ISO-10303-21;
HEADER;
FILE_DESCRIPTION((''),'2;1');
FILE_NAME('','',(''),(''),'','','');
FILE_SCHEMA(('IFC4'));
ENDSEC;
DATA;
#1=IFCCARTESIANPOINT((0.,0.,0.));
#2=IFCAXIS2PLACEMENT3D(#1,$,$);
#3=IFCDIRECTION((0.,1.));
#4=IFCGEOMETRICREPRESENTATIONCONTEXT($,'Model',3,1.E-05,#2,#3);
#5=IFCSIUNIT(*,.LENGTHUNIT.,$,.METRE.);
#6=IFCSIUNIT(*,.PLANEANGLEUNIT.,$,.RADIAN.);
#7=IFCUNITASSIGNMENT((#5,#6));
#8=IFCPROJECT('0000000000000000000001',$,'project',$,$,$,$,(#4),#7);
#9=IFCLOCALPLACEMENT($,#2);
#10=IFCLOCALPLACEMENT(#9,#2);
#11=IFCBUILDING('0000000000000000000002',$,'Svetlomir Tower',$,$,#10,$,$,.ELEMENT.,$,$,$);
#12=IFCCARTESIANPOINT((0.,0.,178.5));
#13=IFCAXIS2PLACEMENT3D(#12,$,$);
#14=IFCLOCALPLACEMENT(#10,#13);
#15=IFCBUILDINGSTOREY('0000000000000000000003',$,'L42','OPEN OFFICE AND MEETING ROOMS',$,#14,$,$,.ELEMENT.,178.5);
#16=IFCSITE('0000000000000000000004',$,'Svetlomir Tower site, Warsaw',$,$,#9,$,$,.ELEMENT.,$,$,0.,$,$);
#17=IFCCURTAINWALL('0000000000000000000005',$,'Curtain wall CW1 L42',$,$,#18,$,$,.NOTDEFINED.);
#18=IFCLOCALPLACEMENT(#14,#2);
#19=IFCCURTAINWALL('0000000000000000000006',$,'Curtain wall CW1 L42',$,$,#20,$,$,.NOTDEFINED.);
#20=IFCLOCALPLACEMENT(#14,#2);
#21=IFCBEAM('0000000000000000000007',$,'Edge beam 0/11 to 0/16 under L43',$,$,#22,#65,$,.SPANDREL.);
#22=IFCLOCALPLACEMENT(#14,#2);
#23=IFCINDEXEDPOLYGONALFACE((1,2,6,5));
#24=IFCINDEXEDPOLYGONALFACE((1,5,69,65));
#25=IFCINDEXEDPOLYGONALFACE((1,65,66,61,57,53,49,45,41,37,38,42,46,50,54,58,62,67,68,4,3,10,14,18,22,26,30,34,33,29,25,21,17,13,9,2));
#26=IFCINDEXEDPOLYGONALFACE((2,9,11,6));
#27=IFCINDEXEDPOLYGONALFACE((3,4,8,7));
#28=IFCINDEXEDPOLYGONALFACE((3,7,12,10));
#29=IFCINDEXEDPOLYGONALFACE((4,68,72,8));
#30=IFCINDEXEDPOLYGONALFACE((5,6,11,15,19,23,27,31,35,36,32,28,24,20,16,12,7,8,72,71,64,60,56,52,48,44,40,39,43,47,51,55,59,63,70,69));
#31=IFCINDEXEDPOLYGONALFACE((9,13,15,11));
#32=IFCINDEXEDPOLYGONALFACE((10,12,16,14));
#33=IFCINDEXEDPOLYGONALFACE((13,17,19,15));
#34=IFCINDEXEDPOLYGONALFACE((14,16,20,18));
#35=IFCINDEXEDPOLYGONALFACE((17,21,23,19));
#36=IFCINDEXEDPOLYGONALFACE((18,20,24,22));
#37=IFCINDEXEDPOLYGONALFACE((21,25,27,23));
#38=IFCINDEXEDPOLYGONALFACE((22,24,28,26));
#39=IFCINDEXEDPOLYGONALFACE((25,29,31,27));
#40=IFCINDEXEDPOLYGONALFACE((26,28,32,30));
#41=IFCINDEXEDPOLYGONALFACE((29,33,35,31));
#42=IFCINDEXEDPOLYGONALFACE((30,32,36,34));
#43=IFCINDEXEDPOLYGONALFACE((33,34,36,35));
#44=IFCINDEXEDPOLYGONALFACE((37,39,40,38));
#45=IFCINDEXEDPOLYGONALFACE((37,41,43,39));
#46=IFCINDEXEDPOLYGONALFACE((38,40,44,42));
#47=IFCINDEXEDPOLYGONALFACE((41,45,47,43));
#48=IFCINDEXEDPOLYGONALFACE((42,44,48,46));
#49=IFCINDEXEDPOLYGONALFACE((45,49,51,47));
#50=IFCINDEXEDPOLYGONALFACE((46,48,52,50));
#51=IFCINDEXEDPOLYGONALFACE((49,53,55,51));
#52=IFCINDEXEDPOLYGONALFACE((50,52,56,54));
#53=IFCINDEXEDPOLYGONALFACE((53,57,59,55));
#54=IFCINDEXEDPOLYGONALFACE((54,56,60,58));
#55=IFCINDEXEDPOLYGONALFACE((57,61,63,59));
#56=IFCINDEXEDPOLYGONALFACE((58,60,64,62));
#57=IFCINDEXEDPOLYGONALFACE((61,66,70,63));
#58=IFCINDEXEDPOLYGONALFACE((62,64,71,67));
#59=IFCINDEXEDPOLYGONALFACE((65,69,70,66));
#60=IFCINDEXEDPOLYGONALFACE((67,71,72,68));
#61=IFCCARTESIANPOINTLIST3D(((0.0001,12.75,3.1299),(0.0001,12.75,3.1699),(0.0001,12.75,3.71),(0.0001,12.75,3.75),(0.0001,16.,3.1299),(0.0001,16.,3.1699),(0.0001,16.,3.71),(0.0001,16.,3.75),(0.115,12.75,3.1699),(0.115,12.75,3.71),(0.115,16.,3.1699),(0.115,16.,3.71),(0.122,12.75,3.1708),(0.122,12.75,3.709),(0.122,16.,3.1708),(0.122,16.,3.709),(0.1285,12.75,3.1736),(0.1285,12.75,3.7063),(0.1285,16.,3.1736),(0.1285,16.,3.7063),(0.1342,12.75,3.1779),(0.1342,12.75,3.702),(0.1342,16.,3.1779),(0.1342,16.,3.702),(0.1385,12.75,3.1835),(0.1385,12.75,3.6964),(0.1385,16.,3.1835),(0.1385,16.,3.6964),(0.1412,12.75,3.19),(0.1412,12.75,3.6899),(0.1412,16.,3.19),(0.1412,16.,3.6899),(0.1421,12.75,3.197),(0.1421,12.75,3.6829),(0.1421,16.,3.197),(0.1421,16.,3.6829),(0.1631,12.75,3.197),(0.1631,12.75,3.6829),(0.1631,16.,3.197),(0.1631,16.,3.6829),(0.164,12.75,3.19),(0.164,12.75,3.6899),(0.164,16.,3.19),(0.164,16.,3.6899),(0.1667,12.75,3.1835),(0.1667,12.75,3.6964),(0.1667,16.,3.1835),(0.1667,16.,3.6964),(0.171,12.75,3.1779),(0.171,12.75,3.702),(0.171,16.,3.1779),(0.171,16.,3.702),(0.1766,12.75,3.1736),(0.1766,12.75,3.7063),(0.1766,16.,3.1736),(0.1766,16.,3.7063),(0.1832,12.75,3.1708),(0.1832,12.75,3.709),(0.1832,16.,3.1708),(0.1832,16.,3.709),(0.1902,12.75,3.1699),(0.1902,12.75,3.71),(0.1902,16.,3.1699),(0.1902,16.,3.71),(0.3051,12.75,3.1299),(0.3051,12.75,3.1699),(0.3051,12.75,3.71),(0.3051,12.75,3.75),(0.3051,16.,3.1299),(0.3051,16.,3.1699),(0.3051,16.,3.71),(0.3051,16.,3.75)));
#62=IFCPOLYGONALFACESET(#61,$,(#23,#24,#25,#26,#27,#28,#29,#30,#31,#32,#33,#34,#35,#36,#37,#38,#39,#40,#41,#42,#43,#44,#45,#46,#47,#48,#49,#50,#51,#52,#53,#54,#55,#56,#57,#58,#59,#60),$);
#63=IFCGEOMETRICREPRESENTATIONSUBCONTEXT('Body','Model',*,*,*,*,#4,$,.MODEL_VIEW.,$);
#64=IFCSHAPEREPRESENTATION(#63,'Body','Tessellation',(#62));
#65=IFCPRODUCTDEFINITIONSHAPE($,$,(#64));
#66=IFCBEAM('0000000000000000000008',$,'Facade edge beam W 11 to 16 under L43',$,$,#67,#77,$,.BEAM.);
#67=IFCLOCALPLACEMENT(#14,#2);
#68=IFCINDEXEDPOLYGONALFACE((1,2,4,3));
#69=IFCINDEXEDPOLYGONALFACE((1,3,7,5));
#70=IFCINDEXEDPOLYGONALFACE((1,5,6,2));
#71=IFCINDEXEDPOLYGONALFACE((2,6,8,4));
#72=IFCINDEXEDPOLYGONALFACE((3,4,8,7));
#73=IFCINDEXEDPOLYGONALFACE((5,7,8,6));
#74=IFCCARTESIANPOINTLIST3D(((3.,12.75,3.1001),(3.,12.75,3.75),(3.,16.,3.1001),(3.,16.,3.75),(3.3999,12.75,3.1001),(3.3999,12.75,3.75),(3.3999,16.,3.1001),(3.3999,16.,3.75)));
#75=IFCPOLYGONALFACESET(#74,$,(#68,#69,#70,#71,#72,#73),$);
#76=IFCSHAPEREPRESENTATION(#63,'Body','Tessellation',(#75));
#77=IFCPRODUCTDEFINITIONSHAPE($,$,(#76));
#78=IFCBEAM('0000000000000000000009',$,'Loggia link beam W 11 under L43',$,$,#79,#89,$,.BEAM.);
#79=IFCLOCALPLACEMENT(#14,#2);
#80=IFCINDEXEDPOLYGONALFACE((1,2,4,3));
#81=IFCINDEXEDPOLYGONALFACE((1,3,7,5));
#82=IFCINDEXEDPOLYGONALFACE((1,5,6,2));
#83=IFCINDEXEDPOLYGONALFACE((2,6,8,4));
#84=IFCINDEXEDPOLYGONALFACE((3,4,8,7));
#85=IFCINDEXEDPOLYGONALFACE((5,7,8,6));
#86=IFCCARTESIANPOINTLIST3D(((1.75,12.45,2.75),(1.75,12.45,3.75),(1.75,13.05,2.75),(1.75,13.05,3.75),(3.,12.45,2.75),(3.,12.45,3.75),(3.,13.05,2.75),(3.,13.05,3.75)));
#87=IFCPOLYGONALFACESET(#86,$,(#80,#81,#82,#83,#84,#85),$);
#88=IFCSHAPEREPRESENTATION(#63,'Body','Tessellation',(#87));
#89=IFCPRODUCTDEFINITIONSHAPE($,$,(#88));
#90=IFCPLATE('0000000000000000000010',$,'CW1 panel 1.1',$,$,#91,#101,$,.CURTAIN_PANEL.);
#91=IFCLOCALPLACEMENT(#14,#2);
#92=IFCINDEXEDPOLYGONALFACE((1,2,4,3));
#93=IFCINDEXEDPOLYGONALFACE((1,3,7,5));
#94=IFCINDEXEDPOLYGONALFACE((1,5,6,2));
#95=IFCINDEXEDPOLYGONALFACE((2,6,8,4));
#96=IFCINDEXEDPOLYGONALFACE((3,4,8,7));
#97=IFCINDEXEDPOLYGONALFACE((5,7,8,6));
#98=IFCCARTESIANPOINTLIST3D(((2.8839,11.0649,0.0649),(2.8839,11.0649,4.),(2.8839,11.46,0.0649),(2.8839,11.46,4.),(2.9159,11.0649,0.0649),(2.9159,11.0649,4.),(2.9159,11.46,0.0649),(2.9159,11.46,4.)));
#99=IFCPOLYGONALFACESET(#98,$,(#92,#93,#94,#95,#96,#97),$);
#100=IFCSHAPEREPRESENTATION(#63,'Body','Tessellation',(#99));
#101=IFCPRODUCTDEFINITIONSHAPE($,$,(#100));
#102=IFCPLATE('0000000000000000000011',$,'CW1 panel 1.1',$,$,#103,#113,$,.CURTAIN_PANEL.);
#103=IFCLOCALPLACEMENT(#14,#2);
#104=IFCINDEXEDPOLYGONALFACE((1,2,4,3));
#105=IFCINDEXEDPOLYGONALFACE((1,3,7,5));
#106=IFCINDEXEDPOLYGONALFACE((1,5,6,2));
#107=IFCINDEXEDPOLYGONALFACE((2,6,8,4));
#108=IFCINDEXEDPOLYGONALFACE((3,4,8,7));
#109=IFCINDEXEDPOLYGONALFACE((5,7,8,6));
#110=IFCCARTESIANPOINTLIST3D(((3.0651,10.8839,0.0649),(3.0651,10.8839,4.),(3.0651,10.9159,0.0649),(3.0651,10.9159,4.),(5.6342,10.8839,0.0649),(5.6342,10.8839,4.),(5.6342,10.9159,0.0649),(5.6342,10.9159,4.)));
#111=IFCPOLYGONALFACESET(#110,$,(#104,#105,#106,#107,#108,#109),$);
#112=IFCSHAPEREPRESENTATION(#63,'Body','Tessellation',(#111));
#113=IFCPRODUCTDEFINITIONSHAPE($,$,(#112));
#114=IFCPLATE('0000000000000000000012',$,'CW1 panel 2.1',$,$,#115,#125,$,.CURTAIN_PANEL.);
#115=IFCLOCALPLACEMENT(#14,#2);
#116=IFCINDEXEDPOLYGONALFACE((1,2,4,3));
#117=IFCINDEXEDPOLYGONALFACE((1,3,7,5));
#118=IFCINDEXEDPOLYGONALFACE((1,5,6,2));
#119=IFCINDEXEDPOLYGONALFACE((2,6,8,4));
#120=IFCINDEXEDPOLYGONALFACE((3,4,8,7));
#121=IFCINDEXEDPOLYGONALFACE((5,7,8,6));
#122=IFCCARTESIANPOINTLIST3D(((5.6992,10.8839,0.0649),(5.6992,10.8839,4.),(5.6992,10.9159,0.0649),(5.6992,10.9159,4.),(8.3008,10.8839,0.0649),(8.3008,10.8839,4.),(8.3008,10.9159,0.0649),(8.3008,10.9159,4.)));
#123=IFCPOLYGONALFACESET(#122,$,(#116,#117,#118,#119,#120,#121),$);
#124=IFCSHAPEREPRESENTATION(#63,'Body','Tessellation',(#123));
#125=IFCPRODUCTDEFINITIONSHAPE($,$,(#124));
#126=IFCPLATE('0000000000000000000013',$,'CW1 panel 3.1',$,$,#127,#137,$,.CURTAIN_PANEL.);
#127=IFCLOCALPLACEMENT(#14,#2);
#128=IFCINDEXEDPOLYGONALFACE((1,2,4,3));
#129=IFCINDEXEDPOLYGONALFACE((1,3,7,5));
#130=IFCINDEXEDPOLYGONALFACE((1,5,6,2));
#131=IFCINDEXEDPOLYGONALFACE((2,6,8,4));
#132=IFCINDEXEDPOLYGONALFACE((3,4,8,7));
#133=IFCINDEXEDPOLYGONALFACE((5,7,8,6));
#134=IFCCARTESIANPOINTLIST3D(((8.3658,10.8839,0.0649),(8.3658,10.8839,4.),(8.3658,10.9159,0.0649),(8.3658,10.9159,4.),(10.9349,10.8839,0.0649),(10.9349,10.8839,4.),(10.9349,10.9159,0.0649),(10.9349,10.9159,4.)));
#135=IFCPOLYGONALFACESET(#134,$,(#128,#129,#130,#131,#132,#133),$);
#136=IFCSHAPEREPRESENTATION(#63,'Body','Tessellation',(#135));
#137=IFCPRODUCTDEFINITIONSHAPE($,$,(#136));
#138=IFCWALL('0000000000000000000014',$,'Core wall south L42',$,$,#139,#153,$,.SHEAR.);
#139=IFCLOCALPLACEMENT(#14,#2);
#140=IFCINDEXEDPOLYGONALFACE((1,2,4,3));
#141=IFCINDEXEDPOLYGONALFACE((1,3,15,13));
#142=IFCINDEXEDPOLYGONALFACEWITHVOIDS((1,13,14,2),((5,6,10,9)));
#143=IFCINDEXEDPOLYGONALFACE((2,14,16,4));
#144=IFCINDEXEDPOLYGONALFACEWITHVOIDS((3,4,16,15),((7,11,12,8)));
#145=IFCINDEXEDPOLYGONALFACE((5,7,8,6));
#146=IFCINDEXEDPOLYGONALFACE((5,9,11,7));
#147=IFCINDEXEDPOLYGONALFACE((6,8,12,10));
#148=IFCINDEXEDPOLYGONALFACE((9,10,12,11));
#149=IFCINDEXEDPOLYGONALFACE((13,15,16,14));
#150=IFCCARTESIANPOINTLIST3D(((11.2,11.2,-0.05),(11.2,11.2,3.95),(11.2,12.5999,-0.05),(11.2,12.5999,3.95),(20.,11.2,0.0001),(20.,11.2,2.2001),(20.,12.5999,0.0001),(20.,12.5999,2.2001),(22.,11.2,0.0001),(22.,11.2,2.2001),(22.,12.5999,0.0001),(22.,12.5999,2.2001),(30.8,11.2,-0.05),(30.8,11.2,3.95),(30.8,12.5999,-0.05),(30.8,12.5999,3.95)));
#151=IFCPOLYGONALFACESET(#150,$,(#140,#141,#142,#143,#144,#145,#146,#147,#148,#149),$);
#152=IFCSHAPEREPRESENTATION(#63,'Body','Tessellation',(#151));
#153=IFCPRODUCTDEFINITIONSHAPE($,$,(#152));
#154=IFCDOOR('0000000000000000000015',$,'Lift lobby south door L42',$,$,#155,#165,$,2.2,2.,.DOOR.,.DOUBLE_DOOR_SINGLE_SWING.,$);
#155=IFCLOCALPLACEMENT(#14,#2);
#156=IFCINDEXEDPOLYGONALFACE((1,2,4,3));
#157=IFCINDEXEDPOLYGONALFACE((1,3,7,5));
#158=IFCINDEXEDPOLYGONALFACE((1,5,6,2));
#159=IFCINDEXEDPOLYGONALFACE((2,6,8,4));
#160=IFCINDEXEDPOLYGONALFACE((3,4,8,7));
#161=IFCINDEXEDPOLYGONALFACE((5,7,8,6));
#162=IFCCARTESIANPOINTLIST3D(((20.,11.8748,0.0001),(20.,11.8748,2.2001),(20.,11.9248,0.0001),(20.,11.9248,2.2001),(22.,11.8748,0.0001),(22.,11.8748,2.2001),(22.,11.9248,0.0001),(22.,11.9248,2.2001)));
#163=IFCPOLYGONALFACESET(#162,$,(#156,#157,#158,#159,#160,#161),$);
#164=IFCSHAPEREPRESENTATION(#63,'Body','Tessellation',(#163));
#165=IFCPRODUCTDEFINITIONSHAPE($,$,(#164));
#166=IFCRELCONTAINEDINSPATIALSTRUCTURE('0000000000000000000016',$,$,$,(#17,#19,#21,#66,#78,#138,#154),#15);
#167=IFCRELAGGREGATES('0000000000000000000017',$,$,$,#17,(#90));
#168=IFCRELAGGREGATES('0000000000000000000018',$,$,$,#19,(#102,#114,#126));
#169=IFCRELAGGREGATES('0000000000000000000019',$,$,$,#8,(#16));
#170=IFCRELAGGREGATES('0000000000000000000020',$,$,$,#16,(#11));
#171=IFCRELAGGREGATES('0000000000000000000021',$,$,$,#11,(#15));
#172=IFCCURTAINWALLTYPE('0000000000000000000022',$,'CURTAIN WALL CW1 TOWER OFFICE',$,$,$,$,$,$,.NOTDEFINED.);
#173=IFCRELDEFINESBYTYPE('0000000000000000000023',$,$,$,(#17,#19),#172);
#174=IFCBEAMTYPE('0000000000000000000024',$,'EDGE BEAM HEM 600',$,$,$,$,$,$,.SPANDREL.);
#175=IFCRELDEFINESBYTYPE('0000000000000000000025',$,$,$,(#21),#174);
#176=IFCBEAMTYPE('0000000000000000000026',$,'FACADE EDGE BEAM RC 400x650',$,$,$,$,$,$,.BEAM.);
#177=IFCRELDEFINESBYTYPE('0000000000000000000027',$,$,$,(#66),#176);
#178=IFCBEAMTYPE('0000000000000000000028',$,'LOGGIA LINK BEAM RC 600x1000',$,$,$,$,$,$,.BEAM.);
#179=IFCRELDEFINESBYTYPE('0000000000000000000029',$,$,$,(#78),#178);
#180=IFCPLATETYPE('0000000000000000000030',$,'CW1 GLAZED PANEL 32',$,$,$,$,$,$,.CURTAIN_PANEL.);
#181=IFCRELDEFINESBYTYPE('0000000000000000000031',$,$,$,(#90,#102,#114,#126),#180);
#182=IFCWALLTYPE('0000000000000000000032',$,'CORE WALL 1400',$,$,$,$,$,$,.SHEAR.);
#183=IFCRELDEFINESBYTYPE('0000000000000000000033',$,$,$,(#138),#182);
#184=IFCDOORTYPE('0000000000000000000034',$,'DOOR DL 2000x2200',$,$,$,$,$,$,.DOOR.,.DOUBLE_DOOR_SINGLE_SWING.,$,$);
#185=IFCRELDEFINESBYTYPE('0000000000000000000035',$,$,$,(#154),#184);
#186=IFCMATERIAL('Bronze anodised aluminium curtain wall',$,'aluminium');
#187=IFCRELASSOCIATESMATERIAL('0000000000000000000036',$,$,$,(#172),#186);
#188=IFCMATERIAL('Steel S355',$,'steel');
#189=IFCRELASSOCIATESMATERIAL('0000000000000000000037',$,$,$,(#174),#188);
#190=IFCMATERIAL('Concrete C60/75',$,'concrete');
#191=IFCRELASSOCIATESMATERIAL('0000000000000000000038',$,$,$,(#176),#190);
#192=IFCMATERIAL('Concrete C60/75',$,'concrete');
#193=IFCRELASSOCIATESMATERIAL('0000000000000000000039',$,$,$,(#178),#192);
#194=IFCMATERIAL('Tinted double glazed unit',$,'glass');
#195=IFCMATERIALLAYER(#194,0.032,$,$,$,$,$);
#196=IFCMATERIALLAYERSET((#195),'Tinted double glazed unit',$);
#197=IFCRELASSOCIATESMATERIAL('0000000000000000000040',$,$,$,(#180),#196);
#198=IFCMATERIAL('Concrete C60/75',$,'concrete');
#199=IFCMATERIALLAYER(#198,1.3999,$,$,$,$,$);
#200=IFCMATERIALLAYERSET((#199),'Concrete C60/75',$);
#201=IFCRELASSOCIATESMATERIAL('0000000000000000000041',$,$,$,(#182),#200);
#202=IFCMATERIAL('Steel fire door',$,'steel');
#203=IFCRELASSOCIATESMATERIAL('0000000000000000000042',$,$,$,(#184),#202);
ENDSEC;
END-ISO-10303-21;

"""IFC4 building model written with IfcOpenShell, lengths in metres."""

from ifc_helpers import new_model, si_unit, direction, frame, frame_2d, origin, origin_2d, place, context, subcontext, project, spatial, rectangle, i_section, extrude, material, layer, layer_set, material_profile, profile_set, type_object, element, fill, aggregate, save


model = new_model("IFC4")

# Units and contexts
model_context = context("Model", 3, precision=1e-05, world=origin(), true_north=direction((0.0, 1.0)))
body_context = subcontext(model_context, "Body", "Model", "MODEL_VIEW")
ifc_project = project(units=[si_unit("LENGTHUNIT", "METRE"), si_unit("PLANEANGLEUNIT", "RADIAN")], contexts=[model_context])

# Site, building, storey
site_placement = place(None, origin())
site = spatial("IfcSite", under=ifc_project, at=site_placement, Name="Svetlomir Tower site, Warsaw", CompositionType="ELEMENT", RefElevation=0.0)
building_placement = place(site_placement, origin())
building = spatial("IfcBuilding", under=site, at=building_placement, Name="Svetlomir Tower", CompositionType="ELEMENT")
storey_placement = place(building_placement, frame((0.0, 0.0, 178.5)))
storey = spatial("IfcBuildingStorey", under=building, at=storey_placement, Name="L42", Description="OPEN OFFICE AND MEETING ROOMS", CompositionType="ELEMENT", Elevation=178.5)

# Curtain walls
ifc_material_1 = material(Name="Bronze anodised aluminium curtain wall", Category="aluminium")
curtain_wall_type = type_object("IfcCurtainWallType", Name="CURTAIN WALL CW1 TOWER OFFICE", PredefinedType="NOTDEFINED", material=ifc_material_1)
curtain_wall_1_placement = place(storey_placement, origin())
curtain_wall_1 = element("IfcCurtainWall", 1, at=curtain_wall_1_placement, inside=storey, type_object=curtain_wall_type, Name="Curtain wall CW1 L42", PredefinedType="NOTDEFINED")
curtain_wall_2_placement = place(storey_placement, origin())
curtain_wall_2 = element("IfcCurtainWall", 2, at=curtain_wall_2_placement, inside=storey, type_object=curtain_wall_type, Name="Curtain wall CW1 L42", PredefinedType="NOTDEFINED")

# Beams
ifc_material_2 = material(Name="Steel S355", Category="steel")
ifc_material_profile_1 = material_profile(ifc_material_2, i_section(OverallWidth=0.3049, OverallDepth=0.6201, WebThickness=0.021, FlangeThickness=0.04, FilletRadius=0.0271, at=origin_2d()), Name="HEM 600")
ifc_profile_set_1 = profile_set([ifc_material_profile_1], Name="Steel S355")
beam_type_1 = type_object("IfcBeamType", Name="EDGE BEAM HEM 600", PredefinedType="SPANDREL", material=ifc_profile_set_1)
beam_1_placement = place(storey_placement, frame((0.1526, 12.75, 3.4399), z_axis=(0.0, 1.0, 0.0), x_axis=(-1.0, 0.0, 0.0)))
element("IfcBeam", 3, at=beam_1_placement, inside=storey, type_object=beam_type_1, Name="Edge beam 0/11 to 0/16 under L43", PredefinedType="SPANDREL", context=body_context, shape_type="SweptSolid", body=[
    extrude(i_section(OverallWidth=0.3049, OverallDepth=0.6201, WebThickness=0.021, FlangeThickness=0.04, FilletRadius=0.0271, at=origin_2d()), origin(), (0.0, 0.0, 1.0), 3.25),
])
ifc_material_3 = material(Name="Concrete C60/75", Category="concrete")
ifc_material_profile_2 = material_profile(ifc_material_3, rectangle(XDim=0.3999, YDim=0.6499, at=origin_2d()), Name="RC 400x650")
ifc_profile_set_2 = profile_set([ifc_material_profile_2], Name="Concrete C60/75")
beam_type_2 = type_object("IfcBeamType", Name="FACADE EDGE BEAM RC 400x650", PredefinedType="BEAM", material=ifc_profile_set_2)
beam_2_placement = place(storey_placement, frame((3.2, 12.75, 3.425), z_axis=(0.0, 1.0, 0.0), x_axis=(-1.0, 0.0, 0.0)))
element("IfcBeam", 4, at=beam_2_placement, inside=storey, type_object=beam_type_2, Name="Facade edge beam W 11 to 16 under L43", PredefinedType="BEAM", context=body_context, shape_type="SweptSolid", body=[
    extrude(rectangle(XDim=0.3999, YDim=0.6499, at=origin_2d()), origin(), (0.0, 0.0, 1.0), 3.25),
])
ifc_material_4 = material(Name="Concrete C60/75", Category="concrete")
ifc_material_profile_3 = material_profile(ifc_material_4, rectangle(XDim=0.6001, YDim=1.0, at=origin_2d()), Name="RC 600x1000")
ifc_profile_set_3 = profile_set([ifc_material_profile_3], Name="Concrete C60/75")
beam_type_3 = type_object("IfcBeamType", Name="LOGGIA LINK BEAM RC 600x1000", PredefinedType="BEAM", material=ifc_profile_set_3)
beam_3_placement = place(storey_placement, frame((1.75, 12.75, 3.25), z_axis=(1.0, 0.0, 0.0), x_axis=(0.0, 1.0, 0.0)))
element("IfcBeam", 5, at=beam_3_placement, inside=storey, type_object=beam_type_3, Name="Loggia link beam W 11 under L43", PredefinedType="BEAM", context=body_context, shape_type="SweptSolid", body=[
    extrude(rectangle(XDim=0.6001, YDim=1.0, at=origin_2d()), origin(), (0.0, 0.0, 1.0), 1.25),
])

# Plates
ifc_material_5 = material(Name="Tinted double glazed unit", Category="glass")
ifc_layer_1 = layer(ifc_material_5, 0.032)
ifc_layer_set_1 = layer_set([ifc_layer_1], Name="Tinted double glazed unit")
plate_type = type_object("IfcPlateType", Name="CW1 GLAZED PANEL 32", PredefinedType="CURTAIN_PANEL", material=ifc_layer_set_1)
plate_1_placement = place(storey_placement, frame((2.8999, 11.2625, 0.0649), z_axis=(0.0, 0.0, 1.0), x_axis=(0.0, -1.0, 0.0)))
plate_1 = element("IfcPlate", 6, at=plate_1_placement, type_object=plate_type, Name="CW1 panel 1.1", PredefinedType="CURTAIN_PANEL", context=body_context, shape_type="SweptSolid", body=[
    extrude(rectangle(XDim=0.395, YDim=0.032, at=origin_2d()), origin(), (0.0, 0.0, 1.0), 3.9351),
])
aggregate(curtain_wall_1, [plate_1])
plate_2_placement = place(storey_placement, frame((4.3496, 10.8999, 0.0649), z_axis=(0.0, 0.0, 1.0), x_axis=(1.0, 0.0, 0.0)))
plate_2 = element("IfcPlate", 7, at=plate_2_placement, type_object=plate_type, Name="CW1 panel 1.1", PredefinedType="CURTAIN_PANEL", context=body_context, shape_type="SweptSolid", body=[
    extrude(rectangle(XDim=2.5691, YDim=0.032, at=origin_2d()), origin(), (0.0, 0.0, 1.0), 3.9351),
])
plate_3_placement = place(storey_placement, frame((7.0, 10.8999, 0.0649), z_axis=(0.0, 0.0, 1.0), x_axis=(1.0, 0.0, 0.0)))
plate_3 = element("IfcPlate", 8, at=plate_3_placement, type_object=plate_type, Name="CW1 panel 2.1", PredefinedType="CURTAIN_PANEL", context=body_context, shape_type="SweptSolid", body=[
    extrude(rectangle(XDim=2.6016, YDim=0.032, at=origin_2d()), origin(), (0.0, 0.0, 1.0), 3.9351),
])
plate_4_placement = place(storey_placement, frame((9.6504, 10.8999, 0.0649), z_axis=(0.0, 0.0, 1.0), x_axis=(1.0, 0.0, 0.0)))
plate_4 = element("IfcPlate", 9, at=plate_4_placement, type_object=plate_type, Name="CW1 panel 3.1", PredefinedType="CURTAIN_PANEL", context=body_context, shape_type="SweptSolid", body=[
    extrude(rectangle(XDim=2.5691, YDim=0.032, at=origin_2d()), origin(), (0.0, 0.0, 1.0), 3.9351),
])
aggregate(curtain_wall_2, [plate_2, plate_3, plate_4])

# Wall, opening, door
ifc_material_6 = material(Name="Concrete C60/75", Category="concrete")
ifc_layer_2 = layer(ifc_material_6, 1.3999)
ifc_layer_set_2 = layer_set([ifc_layer_2], Name="Concrete C60/75")
wall_type_1 = type_object("IfcWallType", Name="CORE WALL 1400", PredefinedType="SHEAR", material=ifc_layer_set_2)
wall_1_placement = place(storey_placement, frame((11.2, 11.8999, -0.05), z_axis=(0.0, 0.0, 1.0), x_axis=(1.0, 0.0, 0.0)))
wall_1 = element("IfcWall", 10, at=wall_1_placement, inside=storey, type_object=wall_type_1, Name="Core wall south L42", PredefinedType="SHEAR", context=body_context, shape_type="SweptSolid", body=[
    extrude(rectangle(XDim=19.6001, YDim=1.3999, at=frame_2d((9.8, 0.0))), origin(), (0.0, 0.0, 1.0), 4.0),
])
opening_1_placement = place(wall_1_placement, frame((8.8, 0.0, 0.05)))
opening_1 = element("IfcOpeningElement", 11, at=opening_1_placement, cuts=wall_1, PredefinedType="OPENING", context=body_context, shape_type="SweptSolid", body=[
    extrude(rectangle(XDim=2.0, YDim=2.2, at=frame_2d((1.0, 1.1001))), frame((0.0, 0.71, 0.0), z_axis=(0.0, -1.0, 0.0), x_axis=(1.0, 0.0, 0.0)), (0.0, 0.0, 1.0), 1.4199),
])
ifc_material_7 = material(Name="Steel fire door", Category="steel")
door_type_1 = type_object("IfcDoorType", Name="DOOR DL 2000x2200", OperationType="DOUBLE_DOOR_SINGLE_SWING", PredefinedType="DOOR", material=ifc_material_7)
door_1_placement = place(opening_1_placement, origin())
door_1 = element("IfcDoor", 12, at=door_1_placement, inside=storey, type_object=door_type_1, Name="Lift lobby south door L42", OperationType="DOUBLE_DOOR_SINGLE_SWING", OverallHeight=2.2, OverallWidth=2.0, PredefinedType="DOOR", context=body_context, shape_type="SweptSolid", body=[
    extrude(rectangle(XDim=2.0, YDim=2.2, at=frame_2d((1.0, 1.1001))), frame((0.0, 0.0249, 0.0), z_axis=(0.0, -1.0, 0.0), x_axis=(1.0, 0.0, 0.0)), (0.0, 0.0, 1.0), 0.05),
])
fill(opening_1, door_1)

save(model, "model.ifc")
